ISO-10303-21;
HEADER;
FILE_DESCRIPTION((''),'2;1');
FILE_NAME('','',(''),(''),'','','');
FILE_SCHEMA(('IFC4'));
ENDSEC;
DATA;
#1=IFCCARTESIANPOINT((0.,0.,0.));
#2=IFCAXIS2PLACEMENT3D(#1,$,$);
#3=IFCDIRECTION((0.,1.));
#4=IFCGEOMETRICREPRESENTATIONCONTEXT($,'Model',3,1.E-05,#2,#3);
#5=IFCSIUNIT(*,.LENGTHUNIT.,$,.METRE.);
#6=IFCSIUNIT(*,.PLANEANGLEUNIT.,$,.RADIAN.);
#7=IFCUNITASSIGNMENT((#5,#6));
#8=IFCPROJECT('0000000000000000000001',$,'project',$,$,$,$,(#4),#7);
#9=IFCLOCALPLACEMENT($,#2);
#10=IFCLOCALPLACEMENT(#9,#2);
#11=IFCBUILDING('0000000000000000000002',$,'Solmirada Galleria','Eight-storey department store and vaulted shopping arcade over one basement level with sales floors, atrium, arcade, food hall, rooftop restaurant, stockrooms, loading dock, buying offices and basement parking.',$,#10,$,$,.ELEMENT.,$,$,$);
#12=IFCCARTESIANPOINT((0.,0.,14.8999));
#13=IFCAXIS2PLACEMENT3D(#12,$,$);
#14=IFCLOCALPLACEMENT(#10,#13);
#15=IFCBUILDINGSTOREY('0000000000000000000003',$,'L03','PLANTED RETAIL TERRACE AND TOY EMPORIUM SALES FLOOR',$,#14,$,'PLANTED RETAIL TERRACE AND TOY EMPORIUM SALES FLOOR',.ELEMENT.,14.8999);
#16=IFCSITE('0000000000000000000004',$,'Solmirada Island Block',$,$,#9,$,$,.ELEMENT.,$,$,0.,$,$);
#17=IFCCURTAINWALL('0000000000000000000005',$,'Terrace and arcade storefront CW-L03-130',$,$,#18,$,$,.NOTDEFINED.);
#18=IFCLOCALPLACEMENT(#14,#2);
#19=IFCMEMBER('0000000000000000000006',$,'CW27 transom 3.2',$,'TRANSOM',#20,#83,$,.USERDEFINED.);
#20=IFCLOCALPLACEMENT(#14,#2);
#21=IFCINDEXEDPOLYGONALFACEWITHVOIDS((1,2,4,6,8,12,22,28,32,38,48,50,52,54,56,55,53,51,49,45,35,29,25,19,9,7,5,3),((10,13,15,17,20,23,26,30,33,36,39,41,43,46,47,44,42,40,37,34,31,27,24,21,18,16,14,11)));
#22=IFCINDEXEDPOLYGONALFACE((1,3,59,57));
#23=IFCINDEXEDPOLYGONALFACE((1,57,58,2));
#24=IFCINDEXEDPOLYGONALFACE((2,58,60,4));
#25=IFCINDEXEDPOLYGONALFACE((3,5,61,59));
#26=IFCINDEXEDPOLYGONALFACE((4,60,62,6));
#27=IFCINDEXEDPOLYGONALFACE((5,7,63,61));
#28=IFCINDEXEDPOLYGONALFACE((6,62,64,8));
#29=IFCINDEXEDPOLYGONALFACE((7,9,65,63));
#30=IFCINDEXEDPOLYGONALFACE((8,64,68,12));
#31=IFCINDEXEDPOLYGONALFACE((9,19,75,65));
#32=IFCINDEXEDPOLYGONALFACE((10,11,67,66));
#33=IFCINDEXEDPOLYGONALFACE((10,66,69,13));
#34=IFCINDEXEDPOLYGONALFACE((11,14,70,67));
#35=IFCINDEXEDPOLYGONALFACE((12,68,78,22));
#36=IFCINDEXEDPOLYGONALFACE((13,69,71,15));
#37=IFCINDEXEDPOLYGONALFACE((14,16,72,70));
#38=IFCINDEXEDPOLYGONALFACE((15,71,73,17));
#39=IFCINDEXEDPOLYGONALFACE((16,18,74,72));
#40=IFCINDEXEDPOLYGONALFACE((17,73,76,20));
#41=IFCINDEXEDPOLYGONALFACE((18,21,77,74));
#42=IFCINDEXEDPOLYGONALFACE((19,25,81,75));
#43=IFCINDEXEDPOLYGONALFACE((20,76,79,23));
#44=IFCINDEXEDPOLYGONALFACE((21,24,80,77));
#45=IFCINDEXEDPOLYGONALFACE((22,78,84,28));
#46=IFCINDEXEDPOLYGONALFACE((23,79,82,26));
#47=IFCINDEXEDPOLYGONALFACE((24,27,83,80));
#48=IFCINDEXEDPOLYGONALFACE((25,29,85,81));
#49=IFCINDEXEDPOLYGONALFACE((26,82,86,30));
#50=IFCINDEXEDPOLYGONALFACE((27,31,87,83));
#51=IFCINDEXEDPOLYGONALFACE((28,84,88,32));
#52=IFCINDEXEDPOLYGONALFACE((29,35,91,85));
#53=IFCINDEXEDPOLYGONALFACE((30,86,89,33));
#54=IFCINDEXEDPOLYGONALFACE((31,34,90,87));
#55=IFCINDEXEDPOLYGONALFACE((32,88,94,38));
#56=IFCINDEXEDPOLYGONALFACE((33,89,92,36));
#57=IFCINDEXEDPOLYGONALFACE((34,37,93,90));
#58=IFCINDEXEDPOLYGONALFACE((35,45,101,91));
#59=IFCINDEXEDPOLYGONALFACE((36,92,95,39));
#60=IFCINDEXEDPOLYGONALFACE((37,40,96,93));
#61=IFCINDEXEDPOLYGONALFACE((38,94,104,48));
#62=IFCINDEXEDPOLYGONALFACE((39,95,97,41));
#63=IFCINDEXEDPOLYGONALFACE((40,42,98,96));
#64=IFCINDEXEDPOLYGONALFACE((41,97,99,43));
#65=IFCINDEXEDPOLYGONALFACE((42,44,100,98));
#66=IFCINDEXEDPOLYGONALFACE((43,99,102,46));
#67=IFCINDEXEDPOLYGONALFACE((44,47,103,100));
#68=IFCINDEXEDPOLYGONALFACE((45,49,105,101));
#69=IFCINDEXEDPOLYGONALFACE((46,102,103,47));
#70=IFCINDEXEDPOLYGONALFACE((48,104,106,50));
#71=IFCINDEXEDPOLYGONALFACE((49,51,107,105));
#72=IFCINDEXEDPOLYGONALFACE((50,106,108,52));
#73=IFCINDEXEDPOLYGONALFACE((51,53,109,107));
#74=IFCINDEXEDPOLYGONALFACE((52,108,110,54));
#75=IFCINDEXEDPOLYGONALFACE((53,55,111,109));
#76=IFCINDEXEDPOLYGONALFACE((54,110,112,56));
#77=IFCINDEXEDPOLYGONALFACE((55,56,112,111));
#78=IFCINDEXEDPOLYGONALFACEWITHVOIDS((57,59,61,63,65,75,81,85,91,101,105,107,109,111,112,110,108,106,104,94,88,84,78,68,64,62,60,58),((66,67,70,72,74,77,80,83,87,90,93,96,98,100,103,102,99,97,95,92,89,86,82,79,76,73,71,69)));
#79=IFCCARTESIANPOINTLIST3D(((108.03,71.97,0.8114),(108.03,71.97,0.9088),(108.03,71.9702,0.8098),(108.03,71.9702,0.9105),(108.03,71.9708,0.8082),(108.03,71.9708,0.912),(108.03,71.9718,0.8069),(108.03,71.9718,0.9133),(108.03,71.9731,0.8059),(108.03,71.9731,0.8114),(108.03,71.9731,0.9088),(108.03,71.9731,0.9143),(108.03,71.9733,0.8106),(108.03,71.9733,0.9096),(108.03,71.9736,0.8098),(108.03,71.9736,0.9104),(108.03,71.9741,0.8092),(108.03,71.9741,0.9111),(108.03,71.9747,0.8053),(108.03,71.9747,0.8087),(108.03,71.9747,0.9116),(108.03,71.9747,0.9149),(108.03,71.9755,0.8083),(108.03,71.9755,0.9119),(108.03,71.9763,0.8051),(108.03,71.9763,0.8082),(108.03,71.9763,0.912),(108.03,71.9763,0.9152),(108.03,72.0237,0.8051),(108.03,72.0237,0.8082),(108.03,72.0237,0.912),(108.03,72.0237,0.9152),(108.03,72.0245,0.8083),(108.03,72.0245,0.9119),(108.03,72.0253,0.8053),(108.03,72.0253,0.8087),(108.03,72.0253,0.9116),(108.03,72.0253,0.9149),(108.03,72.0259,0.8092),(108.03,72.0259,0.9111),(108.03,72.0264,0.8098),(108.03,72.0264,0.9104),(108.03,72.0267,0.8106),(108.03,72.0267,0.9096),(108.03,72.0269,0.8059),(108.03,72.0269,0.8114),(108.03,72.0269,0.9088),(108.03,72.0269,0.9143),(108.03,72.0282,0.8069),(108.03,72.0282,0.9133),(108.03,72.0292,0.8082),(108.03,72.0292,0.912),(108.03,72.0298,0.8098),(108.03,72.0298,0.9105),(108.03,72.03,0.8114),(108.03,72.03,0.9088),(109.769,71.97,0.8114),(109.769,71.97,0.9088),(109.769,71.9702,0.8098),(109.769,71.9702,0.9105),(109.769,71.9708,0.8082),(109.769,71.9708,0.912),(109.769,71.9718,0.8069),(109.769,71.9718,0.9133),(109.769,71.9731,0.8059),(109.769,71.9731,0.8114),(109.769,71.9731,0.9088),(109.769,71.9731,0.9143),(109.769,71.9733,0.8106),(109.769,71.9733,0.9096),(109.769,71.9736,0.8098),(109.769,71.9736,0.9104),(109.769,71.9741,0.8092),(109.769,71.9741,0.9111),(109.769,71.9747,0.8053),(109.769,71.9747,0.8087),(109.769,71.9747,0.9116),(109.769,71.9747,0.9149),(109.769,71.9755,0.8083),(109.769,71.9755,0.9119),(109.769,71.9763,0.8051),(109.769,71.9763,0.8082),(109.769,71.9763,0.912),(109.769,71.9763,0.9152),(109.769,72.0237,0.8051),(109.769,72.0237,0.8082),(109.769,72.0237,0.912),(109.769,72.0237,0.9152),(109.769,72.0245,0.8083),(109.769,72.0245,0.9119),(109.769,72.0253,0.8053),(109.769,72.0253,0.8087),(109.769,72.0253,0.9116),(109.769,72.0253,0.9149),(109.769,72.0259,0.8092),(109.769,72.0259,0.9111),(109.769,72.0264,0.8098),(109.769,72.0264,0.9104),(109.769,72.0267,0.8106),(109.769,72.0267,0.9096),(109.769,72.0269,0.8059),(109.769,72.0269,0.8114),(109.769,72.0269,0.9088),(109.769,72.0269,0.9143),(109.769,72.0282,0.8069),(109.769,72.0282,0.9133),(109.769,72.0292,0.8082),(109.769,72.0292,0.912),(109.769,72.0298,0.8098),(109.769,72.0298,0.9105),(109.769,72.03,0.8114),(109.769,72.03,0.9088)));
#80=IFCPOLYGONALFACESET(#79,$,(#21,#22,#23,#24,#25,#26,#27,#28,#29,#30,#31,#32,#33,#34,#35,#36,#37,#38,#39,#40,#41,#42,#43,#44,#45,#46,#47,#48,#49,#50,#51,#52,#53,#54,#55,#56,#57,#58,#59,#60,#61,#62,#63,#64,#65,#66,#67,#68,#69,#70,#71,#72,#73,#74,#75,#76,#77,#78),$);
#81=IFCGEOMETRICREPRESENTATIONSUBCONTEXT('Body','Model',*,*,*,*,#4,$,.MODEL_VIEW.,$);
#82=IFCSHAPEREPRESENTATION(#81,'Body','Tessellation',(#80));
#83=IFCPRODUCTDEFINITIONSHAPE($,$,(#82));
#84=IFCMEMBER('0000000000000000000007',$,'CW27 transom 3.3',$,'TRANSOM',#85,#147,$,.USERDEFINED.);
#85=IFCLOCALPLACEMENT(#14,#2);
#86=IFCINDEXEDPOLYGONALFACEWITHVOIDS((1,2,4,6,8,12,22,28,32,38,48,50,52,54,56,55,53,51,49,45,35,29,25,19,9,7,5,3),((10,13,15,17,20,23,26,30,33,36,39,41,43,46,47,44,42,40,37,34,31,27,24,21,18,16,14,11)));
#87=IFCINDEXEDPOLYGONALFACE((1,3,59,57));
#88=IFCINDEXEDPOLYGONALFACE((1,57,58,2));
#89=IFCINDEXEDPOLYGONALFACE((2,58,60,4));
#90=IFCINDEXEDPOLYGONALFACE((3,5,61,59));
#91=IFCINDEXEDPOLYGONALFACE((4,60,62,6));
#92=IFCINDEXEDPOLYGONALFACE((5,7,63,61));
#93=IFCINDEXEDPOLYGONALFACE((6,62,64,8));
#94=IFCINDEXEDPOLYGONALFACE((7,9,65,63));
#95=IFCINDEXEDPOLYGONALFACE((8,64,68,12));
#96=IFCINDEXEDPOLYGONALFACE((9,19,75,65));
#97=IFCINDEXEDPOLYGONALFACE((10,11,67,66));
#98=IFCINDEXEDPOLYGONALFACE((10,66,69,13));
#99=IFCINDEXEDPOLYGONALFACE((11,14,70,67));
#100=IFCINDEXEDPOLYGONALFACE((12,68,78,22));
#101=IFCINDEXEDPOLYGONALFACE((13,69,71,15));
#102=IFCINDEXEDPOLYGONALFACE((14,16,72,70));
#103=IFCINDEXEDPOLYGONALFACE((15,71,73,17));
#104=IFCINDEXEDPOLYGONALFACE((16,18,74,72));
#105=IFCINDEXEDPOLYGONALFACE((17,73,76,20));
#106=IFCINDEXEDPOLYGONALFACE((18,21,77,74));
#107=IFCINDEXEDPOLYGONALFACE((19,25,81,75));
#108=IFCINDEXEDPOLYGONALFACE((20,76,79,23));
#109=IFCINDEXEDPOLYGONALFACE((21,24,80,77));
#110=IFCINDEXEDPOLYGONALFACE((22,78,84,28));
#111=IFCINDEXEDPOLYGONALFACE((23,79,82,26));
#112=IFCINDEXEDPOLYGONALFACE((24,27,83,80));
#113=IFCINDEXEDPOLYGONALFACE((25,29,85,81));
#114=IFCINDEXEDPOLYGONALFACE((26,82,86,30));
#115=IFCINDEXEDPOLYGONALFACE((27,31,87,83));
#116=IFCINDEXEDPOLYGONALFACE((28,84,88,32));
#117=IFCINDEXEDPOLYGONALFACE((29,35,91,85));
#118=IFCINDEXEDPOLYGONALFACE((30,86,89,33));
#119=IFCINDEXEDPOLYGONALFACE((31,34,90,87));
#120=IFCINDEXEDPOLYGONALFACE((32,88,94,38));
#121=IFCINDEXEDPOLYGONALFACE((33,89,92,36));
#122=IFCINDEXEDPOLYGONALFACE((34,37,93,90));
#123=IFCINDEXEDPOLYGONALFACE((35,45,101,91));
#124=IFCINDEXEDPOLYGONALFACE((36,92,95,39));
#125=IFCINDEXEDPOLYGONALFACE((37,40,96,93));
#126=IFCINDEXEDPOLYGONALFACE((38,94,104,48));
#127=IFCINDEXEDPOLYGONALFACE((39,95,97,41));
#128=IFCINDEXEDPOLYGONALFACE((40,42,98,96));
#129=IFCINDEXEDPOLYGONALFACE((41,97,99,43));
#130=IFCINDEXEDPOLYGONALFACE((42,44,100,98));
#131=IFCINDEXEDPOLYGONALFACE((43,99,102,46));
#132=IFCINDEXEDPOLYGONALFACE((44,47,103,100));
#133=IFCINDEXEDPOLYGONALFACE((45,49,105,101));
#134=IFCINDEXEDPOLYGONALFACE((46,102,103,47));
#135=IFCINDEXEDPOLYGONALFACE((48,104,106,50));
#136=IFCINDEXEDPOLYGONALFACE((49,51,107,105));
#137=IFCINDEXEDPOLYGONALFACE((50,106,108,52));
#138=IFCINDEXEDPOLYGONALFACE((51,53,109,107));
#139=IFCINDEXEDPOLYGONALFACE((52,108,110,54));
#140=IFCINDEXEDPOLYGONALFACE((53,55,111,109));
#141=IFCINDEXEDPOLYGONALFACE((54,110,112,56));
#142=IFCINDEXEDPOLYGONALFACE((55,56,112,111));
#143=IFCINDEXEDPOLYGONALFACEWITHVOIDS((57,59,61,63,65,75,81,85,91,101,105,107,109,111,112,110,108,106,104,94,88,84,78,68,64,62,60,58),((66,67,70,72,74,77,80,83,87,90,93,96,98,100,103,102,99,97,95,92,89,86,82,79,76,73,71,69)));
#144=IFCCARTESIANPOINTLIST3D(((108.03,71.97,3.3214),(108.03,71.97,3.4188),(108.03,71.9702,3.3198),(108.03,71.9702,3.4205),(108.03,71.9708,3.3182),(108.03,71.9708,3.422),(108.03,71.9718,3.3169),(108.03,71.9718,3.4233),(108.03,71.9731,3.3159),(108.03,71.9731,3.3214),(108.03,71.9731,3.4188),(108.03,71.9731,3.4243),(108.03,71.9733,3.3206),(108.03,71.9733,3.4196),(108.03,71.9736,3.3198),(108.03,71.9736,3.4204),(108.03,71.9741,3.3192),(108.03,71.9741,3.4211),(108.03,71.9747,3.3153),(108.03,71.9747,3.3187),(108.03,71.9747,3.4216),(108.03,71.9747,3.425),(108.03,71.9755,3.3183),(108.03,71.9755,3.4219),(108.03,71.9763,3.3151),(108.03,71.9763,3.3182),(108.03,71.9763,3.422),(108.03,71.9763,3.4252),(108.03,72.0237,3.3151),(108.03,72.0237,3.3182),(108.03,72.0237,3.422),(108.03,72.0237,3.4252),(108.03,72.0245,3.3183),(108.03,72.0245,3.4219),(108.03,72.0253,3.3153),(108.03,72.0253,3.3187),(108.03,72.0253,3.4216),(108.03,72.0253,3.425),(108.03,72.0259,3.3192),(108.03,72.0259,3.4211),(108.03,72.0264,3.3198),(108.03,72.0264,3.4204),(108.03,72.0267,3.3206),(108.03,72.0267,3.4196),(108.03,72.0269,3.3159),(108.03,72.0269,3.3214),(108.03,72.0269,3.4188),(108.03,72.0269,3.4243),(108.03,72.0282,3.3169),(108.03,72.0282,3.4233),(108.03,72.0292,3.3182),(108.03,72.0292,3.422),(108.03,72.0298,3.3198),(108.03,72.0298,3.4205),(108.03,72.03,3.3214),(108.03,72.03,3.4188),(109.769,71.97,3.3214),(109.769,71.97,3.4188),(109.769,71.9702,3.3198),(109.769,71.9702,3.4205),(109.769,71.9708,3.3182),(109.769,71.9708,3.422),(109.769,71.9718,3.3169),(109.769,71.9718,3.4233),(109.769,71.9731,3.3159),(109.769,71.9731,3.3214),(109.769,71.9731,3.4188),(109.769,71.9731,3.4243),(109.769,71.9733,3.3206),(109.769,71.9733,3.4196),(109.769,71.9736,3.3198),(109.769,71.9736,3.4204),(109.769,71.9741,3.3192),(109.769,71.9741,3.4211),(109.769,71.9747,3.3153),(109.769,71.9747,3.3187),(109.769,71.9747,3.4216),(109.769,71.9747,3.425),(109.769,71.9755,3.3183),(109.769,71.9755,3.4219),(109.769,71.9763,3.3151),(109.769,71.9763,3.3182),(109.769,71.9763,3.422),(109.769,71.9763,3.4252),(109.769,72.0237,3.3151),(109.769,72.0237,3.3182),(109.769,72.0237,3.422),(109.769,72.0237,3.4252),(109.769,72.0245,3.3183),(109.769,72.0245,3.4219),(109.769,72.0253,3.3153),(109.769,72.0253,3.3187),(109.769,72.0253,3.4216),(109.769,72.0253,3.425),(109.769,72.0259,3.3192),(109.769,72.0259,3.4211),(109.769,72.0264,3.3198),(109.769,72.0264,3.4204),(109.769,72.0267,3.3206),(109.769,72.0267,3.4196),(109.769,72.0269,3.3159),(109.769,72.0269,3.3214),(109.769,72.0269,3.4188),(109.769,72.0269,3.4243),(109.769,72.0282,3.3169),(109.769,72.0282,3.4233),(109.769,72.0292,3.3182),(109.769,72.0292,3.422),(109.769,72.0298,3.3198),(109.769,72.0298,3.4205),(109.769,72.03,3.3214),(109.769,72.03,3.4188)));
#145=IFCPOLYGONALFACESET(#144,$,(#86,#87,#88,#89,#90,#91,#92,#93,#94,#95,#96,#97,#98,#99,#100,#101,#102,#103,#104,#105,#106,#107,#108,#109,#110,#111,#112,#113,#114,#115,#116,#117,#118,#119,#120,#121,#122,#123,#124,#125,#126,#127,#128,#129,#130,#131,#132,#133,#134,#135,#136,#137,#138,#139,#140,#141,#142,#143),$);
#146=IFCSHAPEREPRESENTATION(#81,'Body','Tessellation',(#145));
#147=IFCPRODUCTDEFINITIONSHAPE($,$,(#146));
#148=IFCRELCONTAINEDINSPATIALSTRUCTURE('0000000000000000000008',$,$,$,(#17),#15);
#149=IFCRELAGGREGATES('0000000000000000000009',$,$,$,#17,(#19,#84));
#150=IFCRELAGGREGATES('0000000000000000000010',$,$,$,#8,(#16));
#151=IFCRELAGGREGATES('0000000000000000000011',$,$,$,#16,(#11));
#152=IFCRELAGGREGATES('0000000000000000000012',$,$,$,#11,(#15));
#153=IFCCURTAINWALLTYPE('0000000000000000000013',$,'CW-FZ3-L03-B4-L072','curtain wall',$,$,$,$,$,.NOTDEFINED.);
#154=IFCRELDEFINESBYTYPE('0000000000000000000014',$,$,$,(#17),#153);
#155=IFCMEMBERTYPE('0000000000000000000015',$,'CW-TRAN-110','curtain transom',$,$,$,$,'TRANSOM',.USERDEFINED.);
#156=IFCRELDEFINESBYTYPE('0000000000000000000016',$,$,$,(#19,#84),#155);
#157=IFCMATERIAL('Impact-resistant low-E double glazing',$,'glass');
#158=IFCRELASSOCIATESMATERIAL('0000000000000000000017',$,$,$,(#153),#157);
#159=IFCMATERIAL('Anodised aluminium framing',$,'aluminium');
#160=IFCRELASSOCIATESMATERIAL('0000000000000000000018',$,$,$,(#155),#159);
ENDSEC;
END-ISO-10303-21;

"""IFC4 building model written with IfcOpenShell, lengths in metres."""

from ifc_helpers import new_model, si_unit, direction, frame, origin, origin_2d, place, context, subcontext, project, spatial, hollow_rectangle, extrude, material, material_profile, profile_set, type_object, element, aggregate, save


model = new_model("IFC4")

# Units and contexts
model_context = context("Model", 3, precision=1e-05, world=origin(), true_north=direction((0.0, 1.0)))
body_context = subcontext(model_context, "Body", "Model", "MODEL_VIEW")
ifc_project = project(units=[si_unit("LENGTHUNIT", "METRE"), si_unit("PLANEANGLEUNIT", "RADIAN")], contexts=[model_context])

# Site, building, storey
site_placement = place(None, origin())
site = spatial("IfcSite", under=ifc_project, at=site_placement, Name="Solmirada Island Block", CompositionType="ELEMENT", RefElevation=0.0)
building_placement = place(site_placement, origin())
building = spatial("IfcBuilding", under=site, at=building_placement, Name="Solmirada Galleria", Description="Eight-storey department store and vaulted shopping arcade over one basement level with sales floors, atrium, arcade, food hall, rooftop restaurant, stockrooms, loading dock, buying offices and basement parking.", CompositionType="ELEMENT")
storey_placement = place(building_placement, frame((0.0, 0.0, 14.8999)))
storey = spatial("IfcBuildingStorey", under=building, at=storey_placement, Name="L03", Description="PLANTED RETAIL TERRACE AND TOY EMPORIUM SALES FLOOR", LongName="PLANTED RETAIL TERRACE AND TOY EMPORIUM SALES FLOOR", CompositionType="ELEMENT", Elevation=14.8999)

# Shared definitions
ifc_material_1 = material(Name="Impact-resistant low-E double glazing", Category="glass")
ifc_material_2 = material(Name="Anodised aluminium framing", Category="aluminium")

# Curtain wall
curtain_wall_type_1 = type_object("IfcCurtainWallType", Name="CW-FZ3-L03-B4-L072", Description="curtain wall", PredefinedType="NOTDEFINED", material=ifc_material_1)
curtain_wall_1_placement = place(storey_placement, origin())
curtain_wall_1 = element("IfcCurtainWall", 1, at=curtain_wall_1_placement, inside=storey, type_object=curtain_wall_type_1, Name="Terrace and arcade storefront CW-L03-130", PredefinedType="NOTDEFINED")

# Members
ifc_material_profile_1 = material_profile(ifc_material_2, hollow_rectangle(XDim=0.0601, YDim=0.1101, WallThickness=0.0032, InnerFilletRadius=0.0032, OuterFilletRadius=0.0063, at=origin_2d()), Name="ALU-TRAN-110X60")
ifc_profile_set_1 = profile_set([ifc_material_profile_1], Name="Anodised aluminium framing")
member_type_1 = type_object("IfcMemberType", Name="CW-TRAN-110", Description="curtain transom", ElementType="TRANSOM", PredefinedType="USERDEFINED", material=ifc_profile_set_1)
member_1_placement = place(storey_placement, frame((108.03, 72.0, 0.8601), z_axis=(1.0, 0.0, 0.0), x_axis=(0.0, 1.0, 0.0)))
member_1 = element("IfcMember", 2, at=member_1_placement, type_object=member_type_1, Name="CW27 transom 3.2", ObjectType="TRANSOM", PredefinedType="USERDEFINED", context=body_context, shape_type="SweptSolid", body=[
    extrude(hollow_rectangle(XDim=0.0601, YDim=0.1101, WallThickness=0.0032, InnerFilletRadius=0.0032, OuterFilletRadius=0.0063, at=origin_2d()), origin(), (0.0, 0.0, 1.0), 1.739),
])
member_2_placement = place(storey_placement, frame((108.03, 72.0, 3.3701), z_axis=(1.0, 0.0, 0.0), x_axis=(0.0, 1.0, 0.0)))
member_2 = element("IfcMember", 3, at=member_2_placement, type_object=member_type_1, Name="CW27 transom 3.3", ObjectType="TRANSOM", PredefinedType="USERDEFINED", context=body_context, shape_type="SweptSolid", body=[
    extrude(hollow_rectangle(XDim=0.0601, YDim=0.1101, WallThickness=0.0032, InnerFilletRadius=0.0032, OuterFilletRadius=0.0063, at=origin_2d()), origin(), (0.0, 0.0, 1.0), 1.739),
])

aggregate(curtain_wall_1, [member_1, member_2])

save(model, "model.ifc")
